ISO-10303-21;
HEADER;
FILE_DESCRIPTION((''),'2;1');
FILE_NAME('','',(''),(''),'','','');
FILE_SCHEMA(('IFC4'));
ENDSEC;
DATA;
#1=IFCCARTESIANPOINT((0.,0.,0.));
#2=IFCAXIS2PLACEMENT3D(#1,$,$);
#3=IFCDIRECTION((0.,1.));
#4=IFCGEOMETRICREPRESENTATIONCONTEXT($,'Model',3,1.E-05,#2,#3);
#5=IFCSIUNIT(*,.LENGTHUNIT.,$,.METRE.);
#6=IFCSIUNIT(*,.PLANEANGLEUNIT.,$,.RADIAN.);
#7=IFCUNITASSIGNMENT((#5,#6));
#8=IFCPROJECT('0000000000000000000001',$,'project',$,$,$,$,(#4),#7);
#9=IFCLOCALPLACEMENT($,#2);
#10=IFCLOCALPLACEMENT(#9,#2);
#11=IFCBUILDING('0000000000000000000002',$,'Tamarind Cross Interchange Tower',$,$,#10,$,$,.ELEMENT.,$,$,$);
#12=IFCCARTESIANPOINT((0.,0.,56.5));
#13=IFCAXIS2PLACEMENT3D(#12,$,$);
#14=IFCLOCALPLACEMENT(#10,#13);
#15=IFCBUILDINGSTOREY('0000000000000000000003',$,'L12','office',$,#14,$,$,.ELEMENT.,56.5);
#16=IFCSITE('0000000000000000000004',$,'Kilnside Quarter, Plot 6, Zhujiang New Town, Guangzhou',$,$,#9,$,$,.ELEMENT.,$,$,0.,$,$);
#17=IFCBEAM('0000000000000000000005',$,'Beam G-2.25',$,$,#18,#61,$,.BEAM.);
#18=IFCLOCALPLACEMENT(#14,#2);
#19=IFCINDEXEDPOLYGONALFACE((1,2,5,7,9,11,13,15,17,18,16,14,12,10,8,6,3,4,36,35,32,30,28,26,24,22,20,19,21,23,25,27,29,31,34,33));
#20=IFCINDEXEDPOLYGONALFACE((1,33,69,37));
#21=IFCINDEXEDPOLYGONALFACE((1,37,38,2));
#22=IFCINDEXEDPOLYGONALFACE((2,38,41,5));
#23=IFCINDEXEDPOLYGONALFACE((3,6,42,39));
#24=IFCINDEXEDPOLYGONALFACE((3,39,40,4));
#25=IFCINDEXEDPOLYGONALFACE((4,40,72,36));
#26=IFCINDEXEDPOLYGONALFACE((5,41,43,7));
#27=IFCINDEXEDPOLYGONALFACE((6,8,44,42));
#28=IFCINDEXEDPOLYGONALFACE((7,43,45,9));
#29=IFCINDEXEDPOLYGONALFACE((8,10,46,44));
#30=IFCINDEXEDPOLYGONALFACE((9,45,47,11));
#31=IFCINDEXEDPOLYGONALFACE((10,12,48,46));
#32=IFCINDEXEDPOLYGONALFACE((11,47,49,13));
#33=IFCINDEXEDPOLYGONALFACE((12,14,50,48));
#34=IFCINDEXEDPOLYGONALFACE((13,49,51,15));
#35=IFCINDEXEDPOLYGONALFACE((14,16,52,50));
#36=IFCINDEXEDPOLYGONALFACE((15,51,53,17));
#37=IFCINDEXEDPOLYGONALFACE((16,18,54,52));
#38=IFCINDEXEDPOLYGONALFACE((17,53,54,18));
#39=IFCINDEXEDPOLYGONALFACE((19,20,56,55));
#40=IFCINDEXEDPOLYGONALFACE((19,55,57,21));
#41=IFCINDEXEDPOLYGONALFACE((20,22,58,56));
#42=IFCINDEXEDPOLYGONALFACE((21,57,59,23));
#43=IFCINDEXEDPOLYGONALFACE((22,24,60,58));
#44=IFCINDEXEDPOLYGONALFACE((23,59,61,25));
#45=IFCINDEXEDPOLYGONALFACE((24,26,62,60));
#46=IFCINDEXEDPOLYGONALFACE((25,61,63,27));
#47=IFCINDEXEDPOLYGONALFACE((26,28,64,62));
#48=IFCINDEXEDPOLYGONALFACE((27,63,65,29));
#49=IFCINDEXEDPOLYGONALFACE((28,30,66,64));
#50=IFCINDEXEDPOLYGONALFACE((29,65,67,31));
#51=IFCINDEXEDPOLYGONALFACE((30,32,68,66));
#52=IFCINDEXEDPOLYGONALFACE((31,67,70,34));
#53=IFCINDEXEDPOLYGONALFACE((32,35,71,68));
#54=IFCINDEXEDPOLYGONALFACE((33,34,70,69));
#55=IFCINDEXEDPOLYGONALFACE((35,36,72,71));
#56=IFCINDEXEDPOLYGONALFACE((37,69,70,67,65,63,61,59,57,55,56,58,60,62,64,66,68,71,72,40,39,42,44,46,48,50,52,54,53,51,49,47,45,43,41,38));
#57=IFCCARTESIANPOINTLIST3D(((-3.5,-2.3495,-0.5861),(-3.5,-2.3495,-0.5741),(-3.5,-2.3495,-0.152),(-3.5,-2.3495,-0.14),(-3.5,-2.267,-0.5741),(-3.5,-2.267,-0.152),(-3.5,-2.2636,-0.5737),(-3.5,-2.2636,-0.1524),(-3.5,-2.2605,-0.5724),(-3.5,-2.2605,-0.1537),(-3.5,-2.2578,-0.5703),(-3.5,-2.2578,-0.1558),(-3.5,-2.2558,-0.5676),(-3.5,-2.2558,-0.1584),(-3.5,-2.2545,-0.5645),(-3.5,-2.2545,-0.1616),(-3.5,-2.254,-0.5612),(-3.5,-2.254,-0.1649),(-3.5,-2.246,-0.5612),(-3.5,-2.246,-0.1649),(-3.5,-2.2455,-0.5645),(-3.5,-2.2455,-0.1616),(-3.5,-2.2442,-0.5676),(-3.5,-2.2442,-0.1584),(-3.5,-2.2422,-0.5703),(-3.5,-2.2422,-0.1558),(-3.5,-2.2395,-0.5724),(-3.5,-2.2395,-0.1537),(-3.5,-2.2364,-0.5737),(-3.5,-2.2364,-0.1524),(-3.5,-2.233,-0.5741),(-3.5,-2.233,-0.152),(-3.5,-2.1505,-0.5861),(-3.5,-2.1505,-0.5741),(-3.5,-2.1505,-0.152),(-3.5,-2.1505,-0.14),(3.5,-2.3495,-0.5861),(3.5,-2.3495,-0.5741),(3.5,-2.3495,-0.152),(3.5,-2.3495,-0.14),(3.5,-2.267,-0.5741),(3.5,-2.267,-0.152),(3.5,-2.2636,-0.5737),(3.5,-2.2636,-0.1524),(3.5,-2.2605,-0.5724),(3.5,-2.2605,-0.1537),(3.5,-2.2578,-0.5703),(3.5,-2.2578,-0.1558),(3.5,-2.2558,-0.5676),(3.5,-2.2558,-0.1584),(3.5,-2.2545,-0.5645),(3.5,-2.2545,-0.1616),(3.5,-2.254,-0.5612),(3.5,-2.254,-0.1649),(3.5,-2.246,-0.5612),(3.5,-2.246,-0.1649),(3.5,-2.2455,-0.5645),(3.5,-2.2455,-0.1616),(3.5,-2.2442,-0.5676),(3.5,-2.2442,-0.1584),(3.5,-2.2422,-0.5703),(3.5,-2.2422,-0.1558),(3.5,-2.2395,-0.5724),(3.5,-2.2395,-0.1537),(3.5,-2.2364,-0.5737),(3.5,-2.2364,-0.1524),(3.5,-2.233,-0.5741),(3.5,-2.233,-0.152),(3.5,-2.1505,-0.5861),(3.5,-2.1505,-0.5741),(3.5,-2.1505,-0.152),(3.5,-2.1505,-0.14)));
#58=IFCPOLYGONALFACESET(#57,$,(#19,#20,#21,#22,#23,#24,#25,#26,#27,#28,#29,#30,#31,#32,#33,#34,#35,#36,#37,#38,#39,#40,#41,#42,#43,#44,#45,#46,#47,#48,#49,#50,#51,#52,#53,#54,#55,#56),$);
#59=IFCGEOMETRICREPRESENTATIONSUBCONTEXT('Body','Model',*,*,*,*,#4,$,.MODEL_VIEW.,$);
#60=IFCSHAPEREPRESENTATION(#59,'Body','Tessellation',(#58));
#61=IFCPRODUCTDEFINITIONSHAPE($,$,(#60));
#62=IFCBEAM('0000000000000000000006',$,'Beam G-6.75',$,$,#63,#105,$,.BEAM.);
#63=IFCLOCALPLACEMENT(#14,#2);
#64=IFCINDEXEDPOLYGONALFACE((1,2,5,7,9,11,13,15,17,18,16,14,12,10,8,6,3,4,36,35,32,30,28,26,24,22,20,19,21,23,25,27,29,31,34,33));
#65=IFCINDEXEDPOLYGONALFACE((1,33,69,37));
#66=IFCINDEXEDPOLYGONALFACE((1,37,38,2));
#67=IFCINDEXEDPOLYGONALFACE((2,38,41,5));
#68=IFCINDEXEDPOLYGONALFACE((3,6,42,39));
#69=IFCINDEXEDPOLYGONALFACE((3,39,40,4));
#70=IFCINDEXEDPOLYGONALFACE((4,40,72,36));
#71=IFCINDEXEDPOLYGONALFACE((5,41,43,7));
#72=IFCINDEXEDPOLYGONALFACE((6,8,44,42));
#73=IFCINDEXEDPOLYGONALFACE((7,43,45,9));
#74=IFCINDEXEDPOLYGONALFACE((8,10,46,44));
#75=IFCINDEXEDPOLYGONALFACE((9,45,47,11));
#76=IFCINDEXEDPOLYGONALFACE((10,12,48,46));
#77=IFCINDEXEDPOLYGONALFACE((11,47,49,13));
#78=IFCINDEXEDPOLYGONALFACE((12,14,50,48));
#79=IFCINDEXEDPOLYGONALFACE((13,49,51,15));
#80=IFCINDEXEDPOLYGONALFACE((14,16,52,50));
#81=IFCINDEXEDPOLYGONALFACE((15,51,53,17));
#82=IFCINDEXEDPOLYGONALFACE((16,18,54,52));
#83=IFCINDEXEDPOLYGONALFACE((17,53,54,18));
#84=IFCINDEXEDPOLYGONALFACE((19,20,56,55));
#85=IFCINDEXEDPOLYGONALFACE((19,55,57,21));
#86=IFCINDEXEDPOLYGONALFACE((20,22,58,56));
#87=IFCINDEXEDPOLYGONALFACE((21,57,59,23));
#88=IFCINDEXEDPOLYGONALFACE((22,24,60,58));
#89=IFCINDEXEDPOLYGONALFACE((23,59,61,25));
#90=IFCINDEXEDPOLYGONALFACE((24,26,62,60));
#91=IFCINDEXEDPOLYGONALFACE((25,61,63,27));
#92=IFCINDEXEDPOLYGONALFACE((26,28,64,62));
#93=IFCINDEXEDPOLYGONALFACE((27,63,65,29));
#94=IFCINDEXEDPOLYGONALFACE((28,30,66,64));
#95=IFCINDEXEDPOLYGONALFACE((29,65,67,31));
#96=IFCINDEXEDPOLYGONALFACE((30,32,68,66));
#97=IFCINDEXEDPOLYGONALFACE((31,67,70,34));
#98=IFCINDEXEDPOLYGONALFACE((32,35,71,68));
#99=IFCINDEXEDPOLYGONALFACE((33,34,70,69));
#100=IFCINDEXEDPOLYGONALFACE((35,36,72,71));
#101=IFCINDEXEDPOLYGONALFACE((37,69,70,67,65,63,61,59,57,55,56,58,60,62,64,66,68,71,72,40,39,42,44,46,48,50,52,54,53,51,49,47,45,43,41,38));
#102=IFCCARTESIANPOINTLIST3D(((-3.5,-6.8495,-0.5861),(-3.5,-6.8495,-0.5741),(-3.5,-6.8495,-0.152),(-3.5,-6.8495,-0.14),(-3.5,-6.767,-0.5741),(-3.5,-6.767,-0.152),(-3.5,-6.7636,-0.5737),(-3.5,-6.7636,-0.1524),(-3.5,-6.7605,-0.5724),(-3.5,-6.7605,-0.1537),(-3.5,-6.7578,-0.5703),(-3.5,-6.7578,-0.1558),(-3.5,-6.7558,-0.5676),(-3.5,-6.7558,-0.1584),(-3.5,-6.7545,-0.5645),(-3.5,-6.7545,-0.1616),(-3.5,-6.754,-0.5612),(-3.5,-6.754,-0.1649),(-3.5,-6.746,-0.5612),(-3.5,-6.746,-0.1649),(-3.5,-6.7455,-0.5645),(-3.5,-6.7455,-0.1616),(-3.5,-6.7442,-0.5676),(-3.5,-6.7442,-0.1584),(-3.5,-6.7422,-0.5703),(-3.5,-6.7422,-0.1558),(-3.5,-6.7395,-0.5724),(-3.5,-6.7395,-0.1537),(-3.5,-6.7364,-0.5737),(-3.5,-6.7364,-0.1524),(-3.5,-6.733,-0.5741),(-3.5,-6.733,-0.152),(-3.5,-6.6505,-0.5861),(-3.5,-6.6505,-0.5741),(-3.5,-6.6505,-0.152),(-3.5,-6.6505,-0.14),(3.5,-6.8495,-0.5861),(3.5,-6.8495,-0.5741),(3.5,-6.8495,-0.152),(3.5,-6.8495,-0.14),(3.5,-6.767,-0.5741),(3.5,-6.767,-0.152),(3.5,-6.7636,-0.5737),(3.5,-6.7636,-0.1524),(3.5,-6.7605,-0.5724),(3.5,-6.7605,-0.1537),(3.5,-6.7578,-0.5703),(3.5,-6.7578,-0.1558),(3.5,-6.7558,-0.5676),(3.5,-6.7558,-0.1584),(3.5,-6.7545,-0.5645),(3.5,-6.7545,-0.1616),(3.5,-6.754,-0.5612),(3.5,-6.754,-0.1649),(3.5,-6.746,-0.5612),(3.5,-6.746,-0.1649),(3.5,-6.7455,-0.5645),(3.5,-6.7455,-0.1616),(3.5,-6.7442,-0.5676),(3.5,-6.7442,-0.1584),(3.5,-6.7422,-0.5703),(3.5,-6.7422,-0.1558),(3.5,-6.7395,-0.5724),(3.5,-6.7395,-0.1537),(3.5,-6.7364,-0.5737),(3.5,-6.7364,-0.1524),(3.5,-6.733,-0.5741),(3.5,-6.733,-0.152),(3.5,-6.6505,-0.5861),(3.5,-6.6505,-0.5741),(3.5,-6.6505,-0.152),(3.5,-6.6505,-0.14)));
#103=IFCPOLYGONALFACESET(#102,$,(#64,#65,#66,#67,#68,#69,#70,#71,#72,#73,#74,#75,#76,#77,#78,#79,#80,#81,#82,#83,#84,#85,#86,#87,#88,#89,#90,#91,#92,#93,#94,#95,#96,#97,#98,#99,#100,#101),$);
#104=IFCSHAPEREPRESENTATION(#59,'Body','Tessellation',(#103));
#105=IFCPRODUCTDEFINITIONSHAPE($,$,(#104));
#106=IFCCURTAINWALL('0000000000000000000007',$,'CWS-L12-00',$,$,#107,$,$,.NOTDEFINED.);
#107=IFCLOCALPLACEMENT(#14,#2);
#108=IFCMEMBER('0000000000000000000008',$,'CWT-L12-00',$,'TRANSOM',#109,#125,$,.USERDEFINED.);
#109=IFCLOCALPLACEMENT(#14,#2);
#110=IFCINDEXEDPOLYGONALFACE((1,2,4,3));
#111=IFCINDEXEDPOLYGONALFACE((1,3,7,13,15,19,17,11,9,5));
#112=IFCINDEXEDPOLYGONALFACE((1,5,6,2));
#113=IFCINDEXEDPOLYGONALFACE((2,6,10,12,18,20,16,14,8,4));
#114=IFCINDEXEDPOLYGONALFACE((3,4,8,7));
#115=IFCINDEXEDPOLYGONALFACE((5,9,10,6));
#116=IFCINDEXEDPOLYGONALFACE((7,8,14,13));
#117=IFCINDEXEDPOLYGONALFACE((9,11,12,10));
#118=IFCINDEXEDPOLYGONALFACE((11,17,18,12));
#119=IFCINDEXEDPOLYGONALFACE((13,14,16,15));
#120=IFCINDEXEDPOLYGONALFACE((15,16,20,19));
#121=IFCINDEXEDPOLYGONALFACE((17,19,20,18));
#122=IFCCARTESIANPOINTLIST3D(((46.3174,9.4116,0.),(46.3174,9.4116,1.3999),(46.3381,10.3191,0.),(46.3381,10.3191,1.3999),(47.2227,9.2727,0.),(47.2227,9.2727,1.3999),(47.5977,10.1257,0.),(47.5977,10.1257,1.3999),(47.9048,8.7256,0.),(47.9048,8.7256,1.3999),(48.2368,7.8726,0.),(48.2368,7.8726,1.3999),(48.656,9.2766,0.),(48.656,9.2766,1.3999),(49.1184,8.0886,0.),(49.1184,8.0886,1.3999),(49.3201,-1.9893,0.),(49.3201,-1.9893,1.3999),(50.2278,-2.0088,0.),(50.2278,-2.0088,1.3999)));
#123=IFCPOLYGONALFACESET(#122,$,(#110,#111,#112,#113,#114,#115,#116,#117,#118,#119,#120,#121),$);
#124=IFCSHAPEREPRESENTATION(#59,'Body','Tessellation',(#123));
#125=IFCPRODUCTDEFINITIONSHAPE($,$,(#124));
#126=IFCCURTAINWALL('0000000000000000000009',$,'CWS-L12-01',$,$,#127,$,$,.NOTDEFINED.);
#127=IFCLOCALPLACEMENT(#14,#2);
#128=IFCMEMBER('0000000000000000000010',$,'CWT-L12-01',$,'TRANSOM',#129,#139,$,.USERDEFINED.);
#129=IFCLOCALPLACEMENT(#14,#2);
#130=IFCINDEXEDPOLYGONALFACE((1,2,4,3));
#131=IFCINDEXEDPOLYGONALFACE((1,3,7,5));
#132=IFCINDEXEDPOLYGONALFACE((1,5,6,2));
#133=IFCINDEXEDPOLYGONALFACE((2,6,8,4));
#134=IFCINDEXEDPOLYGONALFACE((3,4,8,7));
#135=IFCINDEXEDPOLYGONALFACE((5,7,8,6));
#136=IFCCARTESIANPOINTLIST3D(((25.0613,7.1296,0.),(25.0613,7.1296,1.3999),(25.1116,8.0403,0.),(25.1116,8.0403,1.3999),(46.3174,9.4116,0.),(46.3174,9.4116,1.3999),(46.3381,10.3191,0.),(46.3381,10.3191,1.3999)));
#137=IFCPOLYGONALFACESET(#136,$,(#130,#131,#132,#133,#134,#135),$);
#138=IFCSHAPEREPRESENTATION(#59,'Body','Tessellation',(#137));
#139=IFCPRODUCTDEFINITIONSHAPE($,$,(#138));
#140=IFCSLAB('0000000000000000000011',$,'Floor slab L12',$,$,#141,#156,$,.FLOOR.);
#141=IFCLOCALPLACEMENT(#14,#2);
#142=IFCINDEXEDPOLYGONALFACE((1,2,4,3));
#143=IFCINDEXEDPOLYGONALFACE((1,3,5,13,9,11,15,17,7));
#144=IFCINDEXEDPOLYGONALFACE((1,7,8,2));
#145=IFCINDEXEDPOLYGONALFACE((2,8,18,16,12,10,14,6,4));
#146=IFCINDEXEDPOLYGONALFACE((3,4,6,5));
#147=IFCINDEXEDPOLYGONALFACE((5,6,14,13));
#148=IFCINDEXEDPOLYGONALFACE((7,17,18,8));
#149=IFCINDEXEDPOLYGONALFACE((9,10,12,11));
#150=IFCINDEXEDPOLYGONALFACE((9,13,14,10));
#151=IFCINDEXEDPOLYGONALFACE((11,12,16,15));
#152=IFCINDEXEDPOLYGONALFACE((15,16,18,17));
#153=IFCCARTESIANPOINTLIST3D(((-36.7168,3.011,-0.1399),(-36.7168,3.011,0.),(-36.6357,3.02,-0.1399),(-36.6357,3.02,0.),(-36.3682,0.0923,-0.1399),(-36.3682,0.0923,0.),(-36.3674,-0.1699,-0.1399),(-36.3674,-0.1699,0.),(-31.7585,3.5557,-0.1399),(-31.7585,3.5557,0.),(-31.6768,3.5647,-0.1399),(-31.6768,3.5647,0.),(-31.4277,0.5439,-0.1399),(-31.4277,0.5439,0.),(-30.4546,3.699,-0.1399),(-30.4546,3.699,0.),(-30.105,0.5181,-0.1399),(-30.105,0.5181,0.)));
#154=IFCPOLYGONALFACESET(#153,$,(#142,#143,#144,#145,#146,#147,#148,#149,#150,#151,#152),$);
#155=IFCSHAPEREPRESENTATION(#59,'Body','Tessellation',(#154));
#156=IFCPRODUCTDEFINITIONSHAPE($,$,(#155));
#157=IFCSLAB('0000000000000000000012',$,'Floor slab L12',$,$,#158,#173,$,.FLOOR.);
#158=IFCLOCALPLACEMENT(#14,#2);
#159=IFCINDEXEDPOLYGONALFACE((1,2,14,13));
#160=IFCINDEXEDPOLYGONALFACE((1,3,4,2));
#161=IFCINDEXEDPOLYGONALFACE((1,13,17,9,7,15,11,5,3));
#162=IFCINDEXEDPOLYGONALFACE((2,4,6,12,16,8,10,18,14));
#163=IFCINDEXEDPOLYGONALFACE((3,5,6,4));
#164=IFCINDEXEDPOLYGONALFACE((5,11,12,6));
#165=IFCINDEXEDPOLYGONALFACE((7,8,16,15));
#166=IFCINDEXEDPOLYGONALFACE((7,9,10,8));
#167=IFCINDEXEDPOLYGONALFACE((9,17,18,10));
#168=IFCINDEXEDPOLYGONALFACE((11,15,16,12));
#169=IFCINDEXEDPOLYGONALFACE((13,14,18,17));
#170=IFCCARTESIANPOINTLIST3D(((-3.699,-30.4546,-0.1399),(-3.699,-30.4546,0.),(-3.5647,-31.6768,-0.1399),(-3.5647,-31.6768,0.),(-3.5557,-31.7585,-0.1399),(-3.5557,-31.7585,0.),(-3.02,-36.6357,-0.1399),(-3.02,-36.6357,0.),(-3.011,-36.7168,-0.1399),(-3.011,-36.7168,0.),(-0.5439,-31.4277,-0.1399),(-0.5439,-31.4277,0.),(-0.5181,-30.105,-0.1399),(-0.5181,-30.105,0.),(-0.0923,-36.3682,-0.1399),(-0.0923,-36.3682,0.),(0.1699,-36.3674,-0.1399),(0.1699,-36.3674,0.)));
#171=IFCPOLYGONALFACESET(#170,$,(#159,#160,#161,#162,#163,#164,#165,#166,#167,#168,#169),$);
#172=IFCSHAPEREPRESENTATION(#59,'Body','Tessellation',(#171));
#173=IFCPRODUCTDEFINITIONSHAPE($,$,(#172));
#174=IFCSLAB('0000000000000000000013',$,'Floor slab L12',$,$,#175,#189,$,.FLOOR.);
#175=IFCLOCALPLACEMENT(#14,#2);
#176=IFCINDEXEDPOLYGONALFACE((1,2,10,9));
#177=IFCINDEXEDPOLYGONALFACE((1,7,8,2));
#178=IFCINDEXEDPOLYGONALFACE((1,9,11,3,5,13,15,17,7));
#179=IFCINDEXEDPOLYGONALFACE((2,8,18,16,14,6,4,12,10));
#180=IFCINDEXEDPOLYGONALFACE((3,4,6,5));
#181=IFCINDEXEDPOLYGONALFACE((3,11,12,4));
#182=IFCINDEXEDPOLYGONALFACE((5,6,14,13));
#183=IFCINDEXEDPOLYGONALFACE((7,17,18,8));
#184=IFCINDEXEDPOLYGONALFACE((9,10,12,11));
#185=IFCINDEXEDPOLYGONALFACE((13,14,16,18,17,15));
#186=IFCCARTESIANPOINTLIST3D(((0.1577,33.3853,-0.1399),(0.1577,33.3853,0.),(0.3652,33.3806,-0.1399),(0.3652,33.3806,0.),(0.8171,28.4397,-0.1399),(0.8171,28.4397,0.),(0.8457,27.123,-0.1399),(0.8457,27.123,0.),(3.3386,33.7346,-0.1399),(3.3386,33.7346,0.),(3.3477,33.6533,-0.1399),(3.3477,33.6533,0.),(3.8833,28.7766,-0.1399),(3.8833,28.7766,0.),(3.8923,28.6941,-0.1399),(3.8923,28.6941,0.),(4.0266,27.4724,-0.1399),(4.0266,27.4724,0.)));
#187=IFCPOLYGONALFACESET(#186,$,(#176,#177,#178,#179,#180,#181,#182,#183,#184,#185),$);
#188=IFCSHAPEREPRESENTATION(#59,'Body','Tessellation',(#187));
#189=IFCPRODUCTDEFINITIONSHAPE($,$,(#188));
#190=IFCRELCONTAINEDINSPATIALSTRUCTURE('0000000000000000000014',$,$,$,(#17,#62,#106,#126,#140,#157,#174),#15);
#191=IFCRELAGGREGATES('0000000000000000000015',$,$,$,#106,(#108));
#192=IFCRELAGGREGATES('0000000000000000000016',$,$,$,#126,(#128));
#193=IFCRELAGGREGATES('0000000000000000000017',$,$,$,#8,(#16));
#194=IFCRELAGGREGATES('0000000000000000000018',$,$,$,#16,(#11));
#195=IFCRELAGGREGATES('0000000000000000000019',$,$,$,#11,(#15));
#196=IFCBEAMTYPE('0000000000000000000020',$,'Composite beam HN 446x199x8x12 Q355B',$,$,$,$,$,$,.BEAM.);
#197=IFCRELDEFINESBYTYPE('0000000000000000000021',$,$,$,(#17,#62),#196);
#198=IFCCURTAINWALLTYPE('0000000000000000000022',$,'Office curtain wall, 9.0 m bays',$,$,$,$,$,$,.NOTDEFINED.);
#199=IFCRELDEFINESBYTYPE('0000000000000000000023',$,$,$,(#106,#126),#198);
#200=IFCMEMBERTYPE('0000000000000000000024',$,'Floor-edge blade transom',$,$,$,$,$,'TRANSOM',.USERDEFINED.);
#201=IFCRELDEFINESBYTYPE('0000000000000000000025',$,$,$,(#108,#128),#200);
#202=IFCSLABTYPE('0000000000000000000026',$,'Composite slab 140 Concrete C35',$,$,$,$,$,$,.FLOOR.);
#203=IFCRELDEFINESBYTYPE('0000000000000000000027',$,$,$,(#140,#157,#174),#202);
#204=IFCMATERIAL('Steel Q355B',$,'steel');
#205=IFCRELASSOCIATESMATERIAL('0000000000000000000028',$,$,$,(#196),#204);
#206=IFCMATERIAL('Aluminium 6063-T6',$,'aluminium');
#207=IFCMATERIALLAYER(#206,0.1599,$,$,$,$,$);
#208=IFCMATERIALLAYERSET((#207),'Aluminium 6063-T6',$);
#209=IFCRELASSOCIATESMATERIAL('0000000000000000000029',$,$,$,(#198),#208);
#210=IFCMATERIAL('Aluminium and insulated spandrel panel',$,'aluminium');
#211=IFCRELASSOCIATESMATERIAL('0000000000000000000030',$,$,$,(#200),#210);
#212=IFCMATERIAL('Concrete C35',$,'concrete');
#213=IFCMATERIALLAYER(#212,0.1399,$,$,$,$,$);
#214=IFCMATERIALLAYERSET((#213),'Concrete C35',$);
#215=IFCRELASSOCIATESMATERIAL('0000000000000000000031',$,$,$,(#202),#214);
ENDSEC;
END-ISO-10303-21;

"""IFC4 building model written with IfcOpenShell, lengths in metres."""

from ifc_helpers import new_model, si_unit, direction, frame, origin, origin_2d, place, context, subcontext, project, spatial, polyline, i_section, outline, extrude, material, layer, layer_set, material_profile, profile_set, type_object, element, aggregate, save


model = new_model("IFC4")

# Units and contexts
model_context = context("Model", 3, precision=1e-05, world=origin(), true_north=direction((0.0, 1.0)))
body_context = subcontext(model_context, "Body", "Model", "MODEL_VIEW")
ifc_project = project(units=[si_unit("LENGTHUNIT", "METRE"), si_unit("PLANEANGLEUNIT", "RADIAN")], contexts=[model_context])

# Site, building, storey
site_placement = place(None, origin())
site = spatial("IfcSite", under=ifc_project, at=site_placement, Name="Kilnside Quarter, Plot 6, Zhujiang New Town, Guangzhou", CompositionType="ELEMENT", RefElevation=0.0)
building_placement = place(site_placement, origin())
building = spatial("IfcBuilding", under=site, at=building_placement, Name="Tamarind Cross Interchange Tower", CompositionType="ELEMENT")
storey_placement = place(building_placement, frame((0.0, 0.0, 56.5)))
storey = spatial("IfcBuildingStorey", under=building, at=storey_placement, Name="L12", Description="office", CompositionType="ELEMENT", Elevation=56.5)

# Beams
ifc_material_1 = material(Name="Steel Q355B", Category="steel")
ifc_material_profile = material_profile(ifc_material_1, i_section(OverallWidth=0.199, OverallDepth=0.446, WebThickness=0.0081, FlangeThickness=0.012, FilletRadius=0.0129, at=origin_2d()), Name="HN 446x199x8x12")
ifc_profile_set = profile_set([ifc_material_profile], Name="Steel Q355B")
beam_type = type_object("IfcBeamType", Name="Composite beam HN 446x199x8x12 Q355B", PredefinedType="BEAM", material=ifc_profile_set)
for number, where, z_axis, x_axis, name in (
    (1, (-3.5, -2.25, -0.363), (1.0, 0.0, 0.0), (0.0, 1.0, 0.0), "Beam G-2.25"),
    (2, (-3.5, -6.75, -0.363), (1.0, 0.0, 0.0), (0.0, 1.0, 0.0), "Beam G-6.75"),
):
    element("IfcBeam", number, at=place(storey_placement, frame(where, z_axis=z_axis, x_axis=x_axis)), inside=storey, type_object=beam_type, Name=name, PredefinedType="BEAM", context=body_context, shape_type="SweptSolid", body=[
        extrude(i_section(OverallWidth=0.199, OverallDepth=0.446, WebThickness=0.0081, FlangeThickness=0.012, FilletRadius=0.0129, at=origin_2d()), origin(), (0.0, 0.0, 1.0), 7.0),
    ])

# Curtain walls, members
ifc_material_2 = material(Name="Aluminium 6063-T6", Category="aluminium")
ifc_layer_1 = layer(ifc_material_2, 0.1599)
ifc_layer_set_1 = layer_set([ifc_layer_1], Name="Aluminium 6063-T6")
curtain_wall_type = type_object("IfcCurtainWallType", Name="Office curtain wall, 9.0 m bays", PredefinedType="NOTDEFINED", material=ifc_layer_set_1)
curtain_wall_1_placement = place(storey_placement, origin())
curtain_wall_1 = element("IfcCurtainWall", 3, at=curtain_wall_1_placement, inside=storey, type_object=curtain_wall_type, Name="CWS-L12-00", PredefinedType="NOTDEFINED")
ifc_material_3 = material(Name="Aluminium and insulated spandrel panel", Category="aluminium")
member_type = type_object("IfcMemberType", Name="Floor-edge blade transom", ElementType="TRANSOM", PredefinedType="USERDEFINED", material=ifc_material_3)
member_1_placement = place(storey_placement, origin())
member_1 = element("IfcMember", 4, at=member_1_placement, type_object=member_type, Name="CWT-L12-00", ObjectType="TRANSOM", PredefinedType="USERDEFINED", context=body_context, shape_type="SweptSolid", body=[
    extrude(outline(polyline([(49.3201, -1.9893), (48.2368, 7.8726), (47.9048, 8.7256), (47.2227, 9.2727), (46.3174, 9.4116), (46.3381, 10.3191), (47.5977, 10.1257), (48.656, 9.2766), (49.1184, 8.0886), (50.2278, -2.0088), (49.3201, -1.9893)])), origin(), (0.0, 0.0, 1.0), 1.3999),
])
curtain_wall_2_placement = place(storey_placement, origin())
curtain_wall_2 = element("IfcCurtainWall", 5, at=curtain_wall_2_placement, inside=storey, type_object=curtain_wall_type, Name="CWS-L12-01", PredefinedType="NOTDEFINED")
member_2_placement = place(storey_placement, origin())
member_2 = element("IfcMember", 6, at=member_2_placement, type_object=member_type, Name="CWT-L12-01", ObjectType="TRANSOM", PredefinedType="USERDEFINED", context=body_context, shape_type="SweptSolid", body=[
    extrude(outline(polyline([(46.3174, 9.4116), (25.0613, 7.1296), (25.1116, 8.0403), (46.3381, 10.3191), (46.3174, 9.4116)])), origin(), (0.0, 0.0, 1.0), 1.3999),
])

# Slabs
ifc_material_4 = material(Name="Concrete C35", Category="concrete")
ifc_layer_2 = layer(ifc_material_4, 0.1399)
ifc_layer_set_2 = layer_set([ifc_layer_2], Name="Concrete C35")
slab_type = type_object("IfcSlabType", Name="Composite slab 140 Concrete C35", PredefinedType="FLOOR", material=ifc_layer_set_2)
slab_1_placement = place(storey_placement, frame((0.0, 0.0, -0.1399)))
element("IfcSlab", 7, at=slab_1_placement, inside=storey, type_object=slab_type, Name="Floor slab L12", PredefinedType="FLOOR", context=body_context, shape_type="SweptSolid", body=[
    extrude(outline(polyline([(-30.105, 0.5181), (-30.4546, 3.699), (-31.6768, 3.5647), (-31.7585, 3.5557), (-31.4277, 0.5439), (-36.3682, 0.0923), (-36.6357, 3.02), (-36.7168, 3.011), (-36.3674, -0.1699), (-30.105, 0.5181)])), origin(), (0.0, 0.0, 1.0), 0.1399),
])
slab_2_placement = place(storey_placement, frame((0.0, 0.0, -0.1399)))
element("IfcSlab", 8, at=slab_2_placement, inside=storey, type_object=slab_type, Name="Floor slab L12", PredefinedType="FLOOR", context=body_context, shape_type="SweptSolid", body=[
    extrude(outline(polyline([(-3.011, -36.7168), (0.1699, -36.3674), (-0.5181, -30.105), (-3.699, -30.4546), (-3.5647, -31.6768), (-3.5557, -31.7585), (-0.5439, -31.4277), (-0.0923, -36.3682), (-3.02, -36.6357), (-3.011, -36.7168)])), origin(), (0.0, 0.0, 1.0), 0.1399),
])
slab_3_placement = place(storey_placement, frame((0.0, 0.0, -0.1399)))
element("IfcSlab", 9, at=slab_3_placement, inside=storey, type_object=slab_type, Name="Floor slab L12", PredefinedType="FLOOR", context=body_context, shape_type="SweptSolid", body=[
    extrude(outline(polyline([(0.8457, 27.123), (4.0266, 27.4724), (3.8923, 28.6941), (3.8833, 28.7766), (0.8171, 28.4397), (0.3652, 33.3806), (3.3477, 33.6533), (3.3386, 33.7346), (0.1577, 33.3853), (0.8457, 27.123)])), origin(), (0.0, 0.0, 1.0), 0.1399),
])

aggregate(curtain_wall_1, [member_1])
aggregate(curtain_wall_2, [member_2])

save(model, "model.ifc")
